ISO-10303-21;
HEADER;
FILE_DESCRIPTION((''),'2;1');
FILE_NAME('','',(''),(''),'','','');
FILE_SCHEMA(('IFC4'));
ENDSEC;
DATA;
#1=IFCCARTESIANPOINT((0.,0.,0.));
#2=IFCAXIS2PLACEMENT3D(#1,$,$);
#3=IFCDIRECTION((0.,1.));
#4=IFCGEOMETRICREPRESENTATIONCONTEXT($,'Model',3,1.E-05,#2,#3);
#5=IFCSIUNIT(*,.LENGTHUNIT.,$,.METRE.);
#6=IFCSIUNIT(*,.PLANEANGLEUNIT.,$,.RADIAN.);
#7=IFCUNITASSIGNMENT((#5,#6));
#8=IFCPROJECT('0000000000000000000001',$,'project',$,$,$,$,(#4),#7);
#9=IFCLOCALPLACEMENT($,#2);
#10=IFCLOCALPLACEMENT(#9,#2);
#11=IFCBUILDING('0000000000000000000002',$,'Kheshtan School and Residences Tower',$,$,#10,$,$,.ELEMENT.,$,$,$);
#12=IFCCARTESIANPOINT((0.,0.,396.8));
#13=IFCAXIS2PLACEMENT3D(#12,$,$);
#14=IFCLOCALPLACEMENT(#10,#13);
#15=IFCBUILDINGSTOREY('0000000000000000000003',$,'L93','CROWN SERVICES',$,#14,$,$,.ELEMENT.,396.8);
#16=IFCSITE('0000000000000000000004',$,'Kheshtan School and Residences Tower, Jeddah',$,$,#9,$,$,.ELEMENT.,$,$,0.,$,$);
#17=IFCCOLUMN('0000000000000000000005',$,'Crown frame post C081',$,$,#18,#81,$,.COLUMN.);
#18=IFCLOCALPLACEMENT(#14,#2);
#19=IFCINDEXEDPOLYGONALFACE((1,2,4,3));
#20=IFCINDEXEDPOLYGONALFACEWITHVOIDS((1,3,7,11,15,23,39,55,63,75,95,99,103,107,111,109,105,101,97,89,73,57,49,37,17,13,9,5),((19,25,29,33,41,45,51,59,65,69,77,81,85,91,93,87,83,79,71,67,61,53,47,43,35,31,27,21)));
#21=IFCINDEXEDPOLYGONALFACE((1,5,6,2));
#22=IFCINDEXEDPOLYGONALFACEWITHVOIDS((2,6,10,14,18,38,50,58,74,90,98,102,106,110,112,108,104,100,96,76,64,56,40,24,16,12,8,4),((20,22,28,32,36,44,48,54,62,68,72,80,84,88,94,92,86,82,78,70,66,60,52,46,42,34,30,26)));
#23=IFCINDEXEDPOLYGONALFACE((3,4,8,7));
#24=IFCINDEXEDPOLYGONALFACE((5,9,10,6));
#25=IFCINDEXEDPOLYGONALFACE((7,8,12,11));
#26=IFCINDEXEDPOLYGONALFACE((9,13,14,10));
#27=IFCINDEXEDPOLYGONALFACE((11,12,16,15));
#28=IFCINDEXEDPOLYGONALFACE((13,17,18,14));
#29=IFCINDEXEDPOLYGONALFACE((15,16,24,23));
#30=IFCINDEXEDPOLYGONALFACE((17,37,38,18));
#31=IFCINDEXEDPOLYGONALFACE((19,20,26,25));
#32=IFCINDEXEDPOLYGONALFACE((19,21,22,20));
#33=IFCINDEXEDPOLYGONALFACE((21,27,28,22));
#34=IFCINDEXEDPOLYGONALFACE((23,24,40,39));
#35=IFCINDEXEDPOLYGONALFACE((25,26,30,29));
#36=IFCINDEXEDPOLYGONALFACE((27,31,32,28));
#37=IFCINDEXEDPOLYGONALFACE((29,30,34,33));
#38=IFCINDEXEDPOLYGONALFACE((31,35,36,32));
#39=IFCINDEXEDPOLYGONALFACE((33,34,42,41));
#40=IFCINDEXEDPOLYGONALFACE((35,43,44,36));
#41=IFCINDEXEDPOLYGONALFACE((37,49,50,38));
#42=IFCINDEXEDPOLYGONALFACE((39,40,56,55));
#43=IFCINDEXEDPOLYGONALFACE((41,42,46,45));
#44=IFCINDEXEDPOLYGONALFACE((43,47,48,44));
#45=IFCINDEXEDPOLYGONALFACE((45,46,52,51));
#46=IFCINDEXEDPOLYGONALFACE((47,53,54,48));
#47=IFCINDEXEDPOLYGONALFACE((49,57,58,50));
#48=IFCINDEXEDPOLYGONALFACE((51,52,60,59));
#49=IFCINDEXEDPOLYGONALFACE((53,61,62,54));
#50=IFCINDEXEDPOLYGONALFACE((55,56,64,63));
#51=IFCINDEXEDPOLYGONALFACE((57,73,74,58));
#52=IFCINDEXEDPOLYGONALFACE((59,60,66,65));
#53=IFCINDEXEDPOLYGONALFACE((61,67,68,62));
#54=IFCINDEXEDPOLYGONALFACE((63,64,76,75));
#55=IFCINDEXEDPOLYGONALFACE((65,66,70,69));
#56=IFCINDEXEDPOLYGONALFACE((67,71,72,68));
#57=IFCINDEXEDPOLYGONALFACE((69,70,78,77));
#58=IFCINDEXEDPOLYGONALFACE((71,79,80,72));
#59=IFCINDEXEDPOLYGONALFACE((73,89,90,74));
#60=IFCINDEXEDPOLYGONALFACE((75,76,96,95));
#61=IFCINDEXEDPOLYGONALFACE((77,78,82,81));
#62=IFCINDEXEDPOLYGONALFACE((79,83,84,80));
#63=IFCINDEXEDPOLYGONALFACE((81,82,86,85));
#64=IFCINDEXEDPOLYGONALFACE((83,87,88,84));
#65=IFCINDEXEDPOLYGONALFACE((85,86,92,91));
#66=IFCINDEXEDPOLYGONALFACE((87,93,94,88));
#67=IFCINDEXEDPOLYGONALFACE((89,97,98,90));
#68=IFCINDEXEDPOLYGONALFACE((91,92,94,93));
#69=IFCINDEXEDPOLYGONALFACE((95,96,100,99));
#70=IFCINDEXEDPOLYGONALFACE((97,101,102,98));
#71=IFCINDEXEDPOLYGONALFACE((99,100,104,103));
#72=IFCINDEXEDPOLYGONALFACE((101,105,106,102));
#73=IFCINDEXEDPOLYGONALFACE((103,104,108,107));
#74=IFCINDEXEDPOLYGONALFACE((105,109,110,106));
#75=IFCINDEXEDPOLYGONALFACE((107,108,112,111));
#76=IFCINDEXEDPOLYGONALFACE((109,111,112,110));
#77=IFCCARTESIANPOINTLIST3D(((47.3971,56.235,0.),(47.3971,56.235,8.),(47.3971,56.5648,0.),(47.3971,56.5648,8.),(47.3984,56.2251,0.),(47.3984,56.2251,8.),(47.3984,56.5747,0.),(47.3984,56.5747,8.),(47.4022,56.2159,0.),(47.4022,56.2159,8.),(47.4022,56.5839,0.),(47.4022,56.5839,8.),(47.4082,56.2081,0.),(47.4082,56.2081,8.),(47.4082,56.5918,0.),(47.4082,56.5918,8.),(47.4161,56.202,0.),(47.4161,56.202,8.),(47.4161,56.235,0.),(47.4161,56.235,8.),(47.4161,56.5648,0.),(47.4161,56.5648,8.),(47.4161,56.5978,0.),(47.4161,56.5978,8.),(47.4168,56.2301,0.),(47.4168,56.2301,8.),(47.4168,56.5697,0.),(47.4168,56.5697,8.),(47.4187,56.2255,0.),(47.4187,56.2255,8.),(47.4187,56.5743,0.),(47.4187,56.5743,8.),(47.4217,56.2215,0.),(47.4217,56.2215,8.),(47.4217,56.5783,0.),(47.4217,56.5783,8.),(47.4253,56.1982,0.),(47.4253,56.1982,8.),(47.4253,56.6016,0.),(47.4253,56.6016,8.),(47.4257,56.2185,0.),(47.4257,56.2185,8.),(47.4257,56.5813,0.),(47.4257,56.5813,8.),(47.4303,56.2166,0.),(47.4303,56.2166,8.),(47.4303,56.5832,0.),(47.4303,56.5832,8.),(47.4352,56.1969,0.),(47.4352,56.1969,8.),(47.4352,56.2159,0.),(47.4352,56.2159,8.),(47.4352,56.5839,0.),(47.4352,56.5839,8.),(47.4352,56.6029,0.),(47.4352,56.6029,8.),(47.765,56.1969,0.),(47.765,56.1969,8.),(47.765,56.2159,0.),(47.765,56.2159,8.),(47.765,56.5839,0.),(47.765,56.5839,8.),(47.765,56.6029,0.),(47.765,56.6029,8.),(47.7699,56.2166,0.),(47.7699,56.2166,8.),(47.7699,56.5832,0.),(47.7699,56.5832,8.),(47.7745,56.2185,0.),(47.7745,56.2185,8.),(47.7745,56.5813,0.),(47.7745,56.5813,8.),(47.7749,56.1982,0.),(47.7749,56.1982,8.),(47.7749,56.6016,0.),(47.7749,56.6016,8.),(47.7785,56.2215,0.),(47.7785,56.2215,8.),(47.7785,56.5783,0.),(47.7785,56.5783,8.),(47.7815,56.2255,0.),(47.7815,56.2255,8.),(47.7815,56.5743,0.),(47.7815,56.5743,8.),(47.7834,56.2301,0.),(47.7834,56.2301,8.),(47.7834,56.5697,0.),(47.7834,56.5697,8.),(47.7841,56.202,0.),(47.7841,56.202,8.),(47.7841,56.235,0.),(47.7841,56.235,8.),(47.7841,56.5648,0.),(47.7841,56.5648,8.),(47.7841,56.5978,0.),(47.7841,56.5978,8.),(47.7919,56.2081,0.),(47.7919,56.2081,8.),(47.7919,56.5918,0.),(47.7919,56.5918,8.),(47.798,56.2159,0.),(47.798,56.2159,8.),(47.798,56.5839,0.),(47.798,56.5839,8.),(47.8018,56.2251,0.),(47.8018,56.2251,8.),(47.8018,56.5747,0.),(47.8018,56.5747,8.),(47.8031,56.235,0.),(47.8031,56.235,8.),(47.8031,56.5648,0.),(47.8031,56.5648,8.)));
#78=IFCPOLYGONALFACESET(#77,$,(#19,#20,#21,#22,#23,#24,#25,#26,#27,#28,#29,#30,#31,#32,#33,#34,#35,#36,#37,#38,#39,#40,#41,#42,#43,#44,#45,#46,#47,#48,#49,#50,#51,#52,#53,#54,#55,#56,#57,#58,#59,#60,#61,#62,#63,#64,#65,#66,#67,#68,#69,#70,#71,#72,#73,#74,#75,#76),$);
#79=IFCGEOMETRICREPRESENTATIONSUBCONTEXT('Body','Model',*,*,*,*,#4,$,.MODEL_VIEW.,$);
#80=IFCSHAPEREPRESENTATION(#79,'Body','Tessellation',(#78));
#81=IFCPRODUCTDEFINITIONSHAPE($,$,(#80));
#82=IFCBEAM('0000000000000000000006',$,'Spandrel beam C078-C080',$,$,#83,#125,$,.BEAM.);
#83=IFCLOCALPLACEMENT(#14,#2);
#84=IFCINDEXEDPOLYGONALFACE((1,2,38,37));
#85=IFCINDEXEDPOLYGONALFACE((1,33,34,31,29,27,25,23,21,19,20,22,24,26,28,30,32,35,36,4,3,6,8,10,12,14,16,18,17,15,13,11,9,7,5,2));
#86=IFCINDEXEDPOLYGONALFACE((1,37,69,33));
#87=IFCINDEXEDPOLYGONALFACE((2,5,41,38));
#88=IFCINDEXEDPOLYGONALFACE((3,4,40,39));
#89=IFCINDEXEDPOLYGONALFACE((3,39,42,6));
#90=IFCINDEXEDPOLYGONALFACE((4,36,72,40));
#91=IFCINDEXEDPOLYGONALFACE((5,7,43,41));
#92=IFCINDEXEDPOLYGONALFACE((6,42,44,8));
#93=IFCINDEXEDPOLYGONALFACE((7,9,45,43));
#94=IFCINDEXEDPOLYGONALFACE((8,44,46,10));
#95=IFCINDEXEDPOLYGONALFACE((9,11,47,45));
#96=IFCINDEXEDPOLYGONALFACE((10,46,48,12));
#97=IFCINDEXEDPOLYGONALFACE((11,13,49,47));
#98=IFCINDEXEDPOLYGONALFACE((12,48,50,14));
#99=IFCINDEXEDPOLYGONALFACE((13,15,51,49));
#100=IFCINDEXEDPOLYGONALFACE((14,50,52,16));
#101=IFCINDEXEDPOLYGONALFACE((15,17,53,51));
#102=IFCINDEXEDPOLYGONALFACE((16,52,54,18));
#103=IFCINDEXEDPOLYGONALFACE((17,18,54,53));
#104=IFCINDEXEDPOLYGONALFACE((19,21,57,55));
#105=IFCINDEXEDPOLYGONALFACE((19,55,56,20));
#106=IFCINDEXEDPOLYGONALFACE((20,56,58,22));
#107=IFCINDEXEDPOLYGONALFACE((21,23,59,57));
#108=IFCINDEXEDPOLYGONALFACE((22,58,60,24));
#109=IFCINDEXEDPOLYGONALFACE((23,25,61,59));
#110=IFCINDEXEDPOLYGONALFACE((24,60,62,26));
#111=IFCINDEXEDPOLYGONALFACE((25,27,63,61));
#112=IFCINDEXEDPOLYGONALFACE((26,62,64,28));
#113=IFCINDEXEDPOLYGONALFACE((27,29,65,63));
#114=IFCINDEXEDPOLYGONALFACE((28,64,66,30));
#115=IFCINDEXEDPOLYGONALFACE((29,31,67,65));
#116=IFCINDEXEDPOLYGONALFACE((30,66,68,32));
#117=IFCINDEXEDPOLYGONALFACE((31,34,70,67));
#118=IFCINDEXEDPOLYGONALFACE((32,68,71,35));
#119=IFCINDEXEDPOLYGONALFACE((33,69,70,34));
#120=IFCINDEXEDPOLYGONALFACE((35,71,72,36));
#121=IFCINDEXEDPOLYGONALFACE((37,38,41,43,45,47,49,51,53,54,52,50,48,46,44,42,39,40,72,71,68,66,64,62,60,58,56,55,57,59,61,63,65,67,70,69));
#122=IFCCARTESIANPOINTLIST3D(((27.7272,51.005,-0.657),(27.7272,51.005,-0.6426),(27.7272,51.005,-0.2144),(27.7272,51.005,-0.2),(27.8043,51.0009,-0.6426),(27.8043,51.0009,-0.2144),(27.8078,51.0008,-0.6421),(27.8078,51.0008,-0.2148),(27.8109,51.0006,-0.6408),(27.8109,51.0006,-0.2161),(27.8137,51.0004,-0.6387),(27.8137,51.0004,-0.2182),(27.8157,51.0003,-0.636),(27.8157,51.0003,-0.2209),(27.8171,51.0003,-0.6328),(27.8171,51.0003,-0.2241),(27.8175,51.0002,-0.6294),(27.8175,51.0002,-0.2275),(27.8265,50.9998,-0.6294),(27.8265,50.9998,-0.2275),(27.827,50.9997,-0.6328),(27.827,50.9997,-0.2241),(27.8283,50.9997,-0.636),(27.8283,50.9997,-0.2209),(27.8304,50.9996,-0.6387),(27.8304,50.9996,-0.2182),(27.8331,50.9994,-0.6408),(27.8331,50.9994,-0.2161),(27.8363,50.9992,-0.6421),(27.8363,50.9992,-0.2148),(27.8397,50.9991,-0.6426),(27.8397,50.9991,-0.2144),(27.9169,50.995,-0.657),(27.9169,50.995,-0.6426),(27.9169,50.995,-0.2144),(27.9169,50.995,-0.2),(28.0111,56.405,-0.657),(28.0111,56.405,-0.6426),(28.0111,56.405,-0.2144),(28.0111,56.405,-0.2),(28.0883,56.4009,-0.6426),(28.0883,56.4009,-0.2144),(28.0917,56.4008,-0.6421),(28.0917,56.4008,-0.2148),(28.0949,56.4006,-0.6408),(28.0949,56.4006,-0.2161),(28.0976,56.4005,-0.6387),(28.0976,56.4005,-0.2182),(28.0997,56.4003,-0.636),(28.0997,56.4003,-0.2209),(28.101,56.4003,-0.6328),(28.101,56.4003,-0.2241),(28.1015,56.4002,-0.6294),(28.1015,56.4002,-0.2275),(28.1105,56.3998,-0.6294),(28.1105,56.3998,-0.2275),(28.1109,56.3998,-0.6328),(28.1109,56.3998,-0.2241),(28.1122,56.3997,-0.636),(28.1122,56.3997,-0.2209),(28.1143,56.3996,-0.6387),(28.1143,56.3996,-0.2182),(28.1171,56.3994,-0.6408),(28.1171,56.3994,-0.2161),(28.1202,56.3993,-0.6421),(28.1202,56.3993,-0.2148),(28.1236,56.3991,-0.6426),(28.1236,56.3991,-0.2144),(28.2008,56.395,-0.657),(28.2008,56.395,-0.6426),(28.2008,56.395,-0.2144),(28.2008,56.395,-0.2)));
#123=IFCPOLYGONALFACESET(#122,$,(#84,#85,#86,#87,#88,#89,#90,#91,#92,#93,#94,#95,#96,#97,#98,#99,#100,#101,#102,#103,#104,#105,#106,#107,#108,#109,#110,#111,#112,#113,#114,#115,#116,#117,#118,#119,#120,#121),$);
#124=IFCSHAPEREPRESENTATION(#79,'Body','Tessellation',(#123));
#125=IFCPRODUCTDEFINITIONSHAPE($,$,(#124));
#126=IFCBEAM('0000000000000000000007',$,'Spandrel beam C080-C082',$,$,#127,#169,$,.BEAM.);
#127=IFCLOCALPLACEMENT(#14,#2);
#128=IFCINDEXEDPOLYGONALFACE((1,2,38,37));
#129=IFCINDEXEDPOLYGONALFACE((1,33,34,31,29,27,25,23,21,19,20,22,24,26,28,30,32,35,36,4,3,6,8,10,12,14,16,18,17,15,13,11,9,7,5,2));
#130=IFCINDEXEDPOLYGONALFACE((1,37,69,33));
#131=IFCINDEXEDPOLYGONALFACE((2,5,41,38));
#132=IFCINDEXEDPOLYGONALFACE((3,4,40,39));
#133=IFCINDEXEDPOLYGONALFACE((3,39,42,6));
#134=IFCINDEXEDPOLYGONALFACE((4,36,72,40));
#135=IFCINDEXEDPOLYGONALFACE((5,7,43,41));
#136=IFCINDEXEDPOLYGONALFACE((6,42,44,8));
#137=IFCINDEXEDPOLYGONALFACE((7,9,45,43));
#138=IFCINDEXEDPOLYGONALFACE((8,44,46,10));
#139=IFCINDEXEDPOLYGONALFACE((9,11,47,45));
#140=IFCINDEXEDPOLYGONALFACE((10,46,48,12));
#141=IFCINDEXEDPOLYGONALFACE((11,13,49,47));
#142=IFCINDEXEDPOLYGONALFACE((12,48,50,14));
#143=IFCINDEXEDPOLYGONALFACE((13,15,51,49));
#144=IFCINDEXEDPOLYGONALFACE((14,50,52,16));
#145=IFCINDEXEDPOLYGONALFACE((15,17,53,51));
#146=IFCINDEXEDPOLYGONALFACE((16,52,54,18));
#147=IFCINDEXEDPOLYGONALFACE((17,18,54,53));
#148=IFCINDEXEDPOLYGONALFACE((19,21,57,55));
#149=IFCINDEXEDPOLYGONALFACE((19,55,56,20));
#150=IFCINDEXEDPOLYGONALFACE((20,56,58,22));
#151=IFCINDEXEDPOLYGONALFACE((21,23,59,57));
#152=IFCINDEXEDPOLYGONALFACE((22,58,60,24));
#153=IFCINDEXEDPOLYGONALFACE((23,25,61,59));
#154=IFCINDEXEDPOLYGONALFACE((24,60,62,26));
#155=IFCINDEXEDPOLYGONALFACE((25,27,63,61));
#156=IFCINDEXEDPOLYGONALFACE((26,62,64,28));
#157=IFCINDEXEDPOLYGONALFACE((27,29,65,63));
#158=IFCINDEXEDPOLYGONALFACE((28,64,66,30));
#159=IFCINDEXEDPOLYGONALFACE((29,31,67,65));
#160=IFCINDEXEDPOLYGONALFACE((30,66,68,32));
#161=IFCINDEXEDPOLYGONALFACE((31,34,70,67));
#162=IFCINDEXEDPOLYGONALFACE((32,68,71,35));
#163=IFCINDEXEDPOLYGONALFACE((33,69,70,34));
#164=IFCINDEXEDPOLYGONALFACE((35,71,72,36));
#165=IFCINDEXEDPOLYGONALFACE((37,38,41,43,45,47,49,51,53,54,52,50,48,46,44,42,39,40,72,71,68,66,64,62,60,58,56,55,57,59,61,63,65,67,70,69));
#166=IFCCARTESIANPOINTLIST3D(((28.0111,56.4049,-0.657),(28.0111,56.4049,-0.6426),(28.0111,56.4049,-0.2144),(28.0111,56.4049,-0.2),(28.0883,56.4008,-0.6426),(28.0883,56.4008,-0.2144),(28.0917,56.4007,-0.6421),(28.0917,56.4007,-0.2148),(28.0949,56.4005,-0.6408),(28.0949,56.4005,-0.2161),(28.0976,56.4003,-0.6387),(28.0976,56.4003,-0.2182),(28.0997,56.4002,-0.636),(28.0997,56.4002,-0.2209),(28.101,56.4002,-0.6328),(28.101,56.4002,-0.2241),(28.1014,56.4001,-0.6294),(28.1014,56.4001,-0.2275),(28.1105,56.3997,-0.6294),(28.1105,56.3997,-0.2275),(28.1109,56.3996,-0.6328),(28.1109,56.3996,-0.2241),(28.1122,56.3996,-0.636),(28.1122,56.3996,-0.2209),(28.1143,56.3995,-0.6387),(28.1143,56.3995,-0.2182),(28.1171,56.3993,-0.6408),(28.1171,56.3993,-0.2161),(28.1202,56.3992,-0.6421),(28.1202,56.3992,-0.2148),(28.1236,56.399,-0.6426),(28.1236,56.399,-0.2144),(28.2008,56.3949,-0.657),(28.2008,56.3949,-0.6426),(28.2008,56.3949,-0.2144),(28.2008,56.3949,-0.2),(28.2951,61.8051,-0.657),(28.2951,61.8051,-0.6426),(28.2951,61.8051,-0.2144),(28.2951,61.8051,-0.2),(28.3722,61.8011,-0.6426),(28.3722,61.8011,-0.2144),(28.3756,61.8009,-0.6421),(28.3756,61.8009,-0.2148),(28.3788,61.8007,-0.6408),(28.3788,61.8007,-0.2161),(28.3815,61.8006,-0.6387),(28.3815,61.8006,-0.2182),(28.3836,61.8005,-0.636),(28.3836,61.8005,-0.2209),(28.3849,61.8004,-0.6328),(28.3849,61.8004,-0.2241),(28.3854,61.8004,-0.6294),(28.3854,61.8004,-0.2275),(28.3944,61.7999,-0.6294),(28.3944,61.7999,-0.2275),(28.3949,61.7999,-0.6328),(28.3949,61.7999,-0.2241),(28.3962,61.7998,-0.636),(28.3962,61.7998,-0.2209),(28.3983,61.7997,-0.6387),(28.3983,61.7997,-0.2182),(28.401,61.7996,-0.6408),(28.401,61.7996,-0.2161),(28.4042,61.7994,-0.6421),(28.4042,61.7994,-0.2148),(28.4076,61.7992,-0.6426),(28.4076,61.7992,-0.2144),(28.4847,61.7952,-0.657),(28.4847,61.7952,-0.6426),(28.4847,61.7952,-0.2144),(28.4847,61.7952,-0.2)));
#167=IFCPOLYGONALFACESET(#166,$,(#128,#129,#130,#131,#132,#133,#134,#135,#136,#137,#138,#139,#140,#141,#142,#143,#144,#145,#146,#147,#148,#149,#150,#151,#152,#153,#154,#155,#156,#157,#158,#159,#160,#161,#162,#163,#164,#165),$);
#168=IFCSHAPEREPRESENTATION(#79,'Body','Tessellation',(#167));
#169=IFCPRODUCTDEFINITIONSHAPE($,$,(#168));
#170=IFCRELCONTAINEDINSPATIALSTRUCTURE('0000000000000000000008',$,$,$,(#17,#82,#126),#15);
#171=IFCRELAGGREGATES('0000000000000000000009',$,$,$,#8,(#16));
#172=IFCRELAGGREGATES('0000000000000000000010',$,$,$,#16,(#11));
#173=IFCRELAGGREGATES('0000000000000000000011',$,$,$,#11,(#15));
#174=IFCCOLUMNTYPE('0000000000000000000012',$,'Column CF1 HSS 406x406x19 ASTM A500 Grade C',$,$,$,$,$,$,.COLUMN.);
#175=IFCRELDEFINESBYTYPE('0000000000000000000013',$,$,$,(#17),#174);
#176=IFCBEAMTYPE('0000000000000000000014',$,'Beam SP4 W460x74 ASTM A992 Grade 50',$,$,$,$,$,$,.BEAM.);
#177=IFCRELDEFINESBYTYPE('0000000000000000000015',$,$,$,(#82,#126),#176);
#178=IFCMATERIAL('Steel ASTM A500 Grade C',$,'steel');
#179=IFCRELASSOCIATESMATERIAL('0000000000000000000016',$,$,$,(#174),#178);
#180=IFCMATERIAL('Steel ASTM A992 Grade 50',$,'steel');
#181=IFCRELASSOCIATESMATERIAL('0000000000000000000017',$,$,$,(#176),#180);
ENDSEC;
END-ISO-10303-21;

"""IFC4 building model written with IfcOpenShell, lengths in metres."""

from ifc_helpers import new_model, si_unit, direction, frame, origin, origin_2d, place, context, subcontext, project, spatial, hollow_rectangle, i_section, extrude, material, material_profile, profile_set, type_object, element, save


model = new_model("IFC4")

# Units and contexts
model_context = context("Model", 3, precision=1e-05, world=origin(), true_north=direction((0.0, 1.0)))
body_context = subcontext(model_context, "Body", "Model", "MODEL_VIEW")
ifc_project = project(units=[si_unit("LENGTHUNIT", "METRE"), si_unit("PLANEANGLEUNIT", "RADIAN")], contexts=[model_context])

# Site, building, storey
site_placement = place(None, origin())
site = spatial("IfcSite", under=ifc_project, at=site_placement, Name="Kheshtan School and Residences Tower, Jeddah", CompositionType="ELEMENT", RefElevation=0.0)
building_placement = place(site_placement, origin())
building = spatial("IfcBuilding", under=site, at=building_placement, Name="Kheshtan School and Residences Tower", CompositionType="ELEMENT")
storey_placement = place(building_placement, frame((0.0, 0.0, 396.8)))
storey = spatial("IfcBuildingStorey", under=building, at=storey_placement, Name="L93", Description="CROWN SERVICES", CompositionType="ELEMENT", Elevation=396.8)

# Column
ifc_material_1 = material(Name="Steel ASTM A500 Grade C", Category="steel")
ifc_material_profile_1 = material_profile(ifc_material_1, hollow_rectangle(XDim=0.406, YDim=0.406, WallThickness=0.019, InnerFilletRadius=0.019, OuterFilletRadius=0.0381, at=origin_2d()), Name="HSS 406x406x19")
ifc_profile_set_1 = profile_set([ifc_material_profile_1], Name="Steel ASTM A500 Grade C")
column_type = type_object("IfcColumnType", Name="Column CF1 HSS 406x406x19 ASTM A500 Grade C", PredefinedType="COLUMN", material=ifc_profile_set_1)
for number, where, z_axis, x_axis, name in (
    (1, (47.6001, 56.3999, 0.0), (0.0, 0.0, 1.0), (1.0, 0.0, 0.0), "Crown frame post C081"),
):
    element("IfcColumn", number, at=place(storey_placement, frame(where, z_axis=z_axis, x_axis=x_axis)), inside=storey, type_object=column_type, Name=name, PredefinedType="COLUMN", context=body_context, shape_type="SweptSolid", body=[
        extrude(hollow_rectangle(XDim=0.406, YDim=0.406, WallThickness=0.019, InnerFilletRadius=0.019, OuterFilletRadius=0.0381, at=origin_2d()), origin(), (0.0, 0.0, 1.0), 8.0),
    ])

# Beams
ifc_material_2 = material(Name="Steel ASTM A992 Grade 50", Category="steel")
ifc_material_profile_2 = material_profile(ifc_material_2, i_section(OverallWidth=0.1899, OverallDepth=0.457, WebThickness=0.009, FlangeThickness=0.0144, FilletRadius=0.0132, at=origin_2d()), Name="W460x74")
ifc_profile_set_2 = profile_set([ifc_material_profile_2], Name="Steel ASTM A992 Grade 50")
beam_type = type_object("IfcBeamType", Name="Beam SP4 W460x74 ASTM A992 Grade 50", PredefinedType="BEAM", material=ifc_profile_set_2)
beam_1_placement = place(storey_placement, frame((27.822, 51.0, -0.4285), z_axis=(0.052509, 0.99862, 0.0), x_axis=(-0.99862, 0.052509, 0.0)))
element("IfcBeam", 2, at=beam_1_placement, inside=storey, type_object=beam_type, Name="Spandrel beam C078-C080", PredefinedType="BEAM", context=body_context, shape_type="SweptSolid", body=[
    extrude(i_section(OverallWidth=0.1899, OverallDepth=0.457, WebThickness=0.009, FlangeThickness=0.0144, FilletRadius=0.0132, at=origin_2d()), origin(), (0.0, 0.0, 1.0), 5.4075),
])
beam_2_placement = place(storey_placement, frame((28.106, 56.3999, -0.4285), z_axis=(0.052507, 0.998621, 0.0), x_axis=(-0.998621, 0.052507, 0.0)))
element("IfcBeam", 3, at=beam_2_placement, inside=storey, type_object=beam_type, Name="Spandrel beam C080-C082", PredefinedType="BEAM", context=body_context, shape_type="SweptSolid", body=[
    extrude(i_section(OverallWidth=0.1899, OverallDepth=0.457, WebThickness=0.009, FlangeThickness=0.0144, FilletRadius=0.0132, at=origin_2d()), origin(), (0.0, 0.0, 1.0), 5.4077),
])

save(model, "model.ifc")
